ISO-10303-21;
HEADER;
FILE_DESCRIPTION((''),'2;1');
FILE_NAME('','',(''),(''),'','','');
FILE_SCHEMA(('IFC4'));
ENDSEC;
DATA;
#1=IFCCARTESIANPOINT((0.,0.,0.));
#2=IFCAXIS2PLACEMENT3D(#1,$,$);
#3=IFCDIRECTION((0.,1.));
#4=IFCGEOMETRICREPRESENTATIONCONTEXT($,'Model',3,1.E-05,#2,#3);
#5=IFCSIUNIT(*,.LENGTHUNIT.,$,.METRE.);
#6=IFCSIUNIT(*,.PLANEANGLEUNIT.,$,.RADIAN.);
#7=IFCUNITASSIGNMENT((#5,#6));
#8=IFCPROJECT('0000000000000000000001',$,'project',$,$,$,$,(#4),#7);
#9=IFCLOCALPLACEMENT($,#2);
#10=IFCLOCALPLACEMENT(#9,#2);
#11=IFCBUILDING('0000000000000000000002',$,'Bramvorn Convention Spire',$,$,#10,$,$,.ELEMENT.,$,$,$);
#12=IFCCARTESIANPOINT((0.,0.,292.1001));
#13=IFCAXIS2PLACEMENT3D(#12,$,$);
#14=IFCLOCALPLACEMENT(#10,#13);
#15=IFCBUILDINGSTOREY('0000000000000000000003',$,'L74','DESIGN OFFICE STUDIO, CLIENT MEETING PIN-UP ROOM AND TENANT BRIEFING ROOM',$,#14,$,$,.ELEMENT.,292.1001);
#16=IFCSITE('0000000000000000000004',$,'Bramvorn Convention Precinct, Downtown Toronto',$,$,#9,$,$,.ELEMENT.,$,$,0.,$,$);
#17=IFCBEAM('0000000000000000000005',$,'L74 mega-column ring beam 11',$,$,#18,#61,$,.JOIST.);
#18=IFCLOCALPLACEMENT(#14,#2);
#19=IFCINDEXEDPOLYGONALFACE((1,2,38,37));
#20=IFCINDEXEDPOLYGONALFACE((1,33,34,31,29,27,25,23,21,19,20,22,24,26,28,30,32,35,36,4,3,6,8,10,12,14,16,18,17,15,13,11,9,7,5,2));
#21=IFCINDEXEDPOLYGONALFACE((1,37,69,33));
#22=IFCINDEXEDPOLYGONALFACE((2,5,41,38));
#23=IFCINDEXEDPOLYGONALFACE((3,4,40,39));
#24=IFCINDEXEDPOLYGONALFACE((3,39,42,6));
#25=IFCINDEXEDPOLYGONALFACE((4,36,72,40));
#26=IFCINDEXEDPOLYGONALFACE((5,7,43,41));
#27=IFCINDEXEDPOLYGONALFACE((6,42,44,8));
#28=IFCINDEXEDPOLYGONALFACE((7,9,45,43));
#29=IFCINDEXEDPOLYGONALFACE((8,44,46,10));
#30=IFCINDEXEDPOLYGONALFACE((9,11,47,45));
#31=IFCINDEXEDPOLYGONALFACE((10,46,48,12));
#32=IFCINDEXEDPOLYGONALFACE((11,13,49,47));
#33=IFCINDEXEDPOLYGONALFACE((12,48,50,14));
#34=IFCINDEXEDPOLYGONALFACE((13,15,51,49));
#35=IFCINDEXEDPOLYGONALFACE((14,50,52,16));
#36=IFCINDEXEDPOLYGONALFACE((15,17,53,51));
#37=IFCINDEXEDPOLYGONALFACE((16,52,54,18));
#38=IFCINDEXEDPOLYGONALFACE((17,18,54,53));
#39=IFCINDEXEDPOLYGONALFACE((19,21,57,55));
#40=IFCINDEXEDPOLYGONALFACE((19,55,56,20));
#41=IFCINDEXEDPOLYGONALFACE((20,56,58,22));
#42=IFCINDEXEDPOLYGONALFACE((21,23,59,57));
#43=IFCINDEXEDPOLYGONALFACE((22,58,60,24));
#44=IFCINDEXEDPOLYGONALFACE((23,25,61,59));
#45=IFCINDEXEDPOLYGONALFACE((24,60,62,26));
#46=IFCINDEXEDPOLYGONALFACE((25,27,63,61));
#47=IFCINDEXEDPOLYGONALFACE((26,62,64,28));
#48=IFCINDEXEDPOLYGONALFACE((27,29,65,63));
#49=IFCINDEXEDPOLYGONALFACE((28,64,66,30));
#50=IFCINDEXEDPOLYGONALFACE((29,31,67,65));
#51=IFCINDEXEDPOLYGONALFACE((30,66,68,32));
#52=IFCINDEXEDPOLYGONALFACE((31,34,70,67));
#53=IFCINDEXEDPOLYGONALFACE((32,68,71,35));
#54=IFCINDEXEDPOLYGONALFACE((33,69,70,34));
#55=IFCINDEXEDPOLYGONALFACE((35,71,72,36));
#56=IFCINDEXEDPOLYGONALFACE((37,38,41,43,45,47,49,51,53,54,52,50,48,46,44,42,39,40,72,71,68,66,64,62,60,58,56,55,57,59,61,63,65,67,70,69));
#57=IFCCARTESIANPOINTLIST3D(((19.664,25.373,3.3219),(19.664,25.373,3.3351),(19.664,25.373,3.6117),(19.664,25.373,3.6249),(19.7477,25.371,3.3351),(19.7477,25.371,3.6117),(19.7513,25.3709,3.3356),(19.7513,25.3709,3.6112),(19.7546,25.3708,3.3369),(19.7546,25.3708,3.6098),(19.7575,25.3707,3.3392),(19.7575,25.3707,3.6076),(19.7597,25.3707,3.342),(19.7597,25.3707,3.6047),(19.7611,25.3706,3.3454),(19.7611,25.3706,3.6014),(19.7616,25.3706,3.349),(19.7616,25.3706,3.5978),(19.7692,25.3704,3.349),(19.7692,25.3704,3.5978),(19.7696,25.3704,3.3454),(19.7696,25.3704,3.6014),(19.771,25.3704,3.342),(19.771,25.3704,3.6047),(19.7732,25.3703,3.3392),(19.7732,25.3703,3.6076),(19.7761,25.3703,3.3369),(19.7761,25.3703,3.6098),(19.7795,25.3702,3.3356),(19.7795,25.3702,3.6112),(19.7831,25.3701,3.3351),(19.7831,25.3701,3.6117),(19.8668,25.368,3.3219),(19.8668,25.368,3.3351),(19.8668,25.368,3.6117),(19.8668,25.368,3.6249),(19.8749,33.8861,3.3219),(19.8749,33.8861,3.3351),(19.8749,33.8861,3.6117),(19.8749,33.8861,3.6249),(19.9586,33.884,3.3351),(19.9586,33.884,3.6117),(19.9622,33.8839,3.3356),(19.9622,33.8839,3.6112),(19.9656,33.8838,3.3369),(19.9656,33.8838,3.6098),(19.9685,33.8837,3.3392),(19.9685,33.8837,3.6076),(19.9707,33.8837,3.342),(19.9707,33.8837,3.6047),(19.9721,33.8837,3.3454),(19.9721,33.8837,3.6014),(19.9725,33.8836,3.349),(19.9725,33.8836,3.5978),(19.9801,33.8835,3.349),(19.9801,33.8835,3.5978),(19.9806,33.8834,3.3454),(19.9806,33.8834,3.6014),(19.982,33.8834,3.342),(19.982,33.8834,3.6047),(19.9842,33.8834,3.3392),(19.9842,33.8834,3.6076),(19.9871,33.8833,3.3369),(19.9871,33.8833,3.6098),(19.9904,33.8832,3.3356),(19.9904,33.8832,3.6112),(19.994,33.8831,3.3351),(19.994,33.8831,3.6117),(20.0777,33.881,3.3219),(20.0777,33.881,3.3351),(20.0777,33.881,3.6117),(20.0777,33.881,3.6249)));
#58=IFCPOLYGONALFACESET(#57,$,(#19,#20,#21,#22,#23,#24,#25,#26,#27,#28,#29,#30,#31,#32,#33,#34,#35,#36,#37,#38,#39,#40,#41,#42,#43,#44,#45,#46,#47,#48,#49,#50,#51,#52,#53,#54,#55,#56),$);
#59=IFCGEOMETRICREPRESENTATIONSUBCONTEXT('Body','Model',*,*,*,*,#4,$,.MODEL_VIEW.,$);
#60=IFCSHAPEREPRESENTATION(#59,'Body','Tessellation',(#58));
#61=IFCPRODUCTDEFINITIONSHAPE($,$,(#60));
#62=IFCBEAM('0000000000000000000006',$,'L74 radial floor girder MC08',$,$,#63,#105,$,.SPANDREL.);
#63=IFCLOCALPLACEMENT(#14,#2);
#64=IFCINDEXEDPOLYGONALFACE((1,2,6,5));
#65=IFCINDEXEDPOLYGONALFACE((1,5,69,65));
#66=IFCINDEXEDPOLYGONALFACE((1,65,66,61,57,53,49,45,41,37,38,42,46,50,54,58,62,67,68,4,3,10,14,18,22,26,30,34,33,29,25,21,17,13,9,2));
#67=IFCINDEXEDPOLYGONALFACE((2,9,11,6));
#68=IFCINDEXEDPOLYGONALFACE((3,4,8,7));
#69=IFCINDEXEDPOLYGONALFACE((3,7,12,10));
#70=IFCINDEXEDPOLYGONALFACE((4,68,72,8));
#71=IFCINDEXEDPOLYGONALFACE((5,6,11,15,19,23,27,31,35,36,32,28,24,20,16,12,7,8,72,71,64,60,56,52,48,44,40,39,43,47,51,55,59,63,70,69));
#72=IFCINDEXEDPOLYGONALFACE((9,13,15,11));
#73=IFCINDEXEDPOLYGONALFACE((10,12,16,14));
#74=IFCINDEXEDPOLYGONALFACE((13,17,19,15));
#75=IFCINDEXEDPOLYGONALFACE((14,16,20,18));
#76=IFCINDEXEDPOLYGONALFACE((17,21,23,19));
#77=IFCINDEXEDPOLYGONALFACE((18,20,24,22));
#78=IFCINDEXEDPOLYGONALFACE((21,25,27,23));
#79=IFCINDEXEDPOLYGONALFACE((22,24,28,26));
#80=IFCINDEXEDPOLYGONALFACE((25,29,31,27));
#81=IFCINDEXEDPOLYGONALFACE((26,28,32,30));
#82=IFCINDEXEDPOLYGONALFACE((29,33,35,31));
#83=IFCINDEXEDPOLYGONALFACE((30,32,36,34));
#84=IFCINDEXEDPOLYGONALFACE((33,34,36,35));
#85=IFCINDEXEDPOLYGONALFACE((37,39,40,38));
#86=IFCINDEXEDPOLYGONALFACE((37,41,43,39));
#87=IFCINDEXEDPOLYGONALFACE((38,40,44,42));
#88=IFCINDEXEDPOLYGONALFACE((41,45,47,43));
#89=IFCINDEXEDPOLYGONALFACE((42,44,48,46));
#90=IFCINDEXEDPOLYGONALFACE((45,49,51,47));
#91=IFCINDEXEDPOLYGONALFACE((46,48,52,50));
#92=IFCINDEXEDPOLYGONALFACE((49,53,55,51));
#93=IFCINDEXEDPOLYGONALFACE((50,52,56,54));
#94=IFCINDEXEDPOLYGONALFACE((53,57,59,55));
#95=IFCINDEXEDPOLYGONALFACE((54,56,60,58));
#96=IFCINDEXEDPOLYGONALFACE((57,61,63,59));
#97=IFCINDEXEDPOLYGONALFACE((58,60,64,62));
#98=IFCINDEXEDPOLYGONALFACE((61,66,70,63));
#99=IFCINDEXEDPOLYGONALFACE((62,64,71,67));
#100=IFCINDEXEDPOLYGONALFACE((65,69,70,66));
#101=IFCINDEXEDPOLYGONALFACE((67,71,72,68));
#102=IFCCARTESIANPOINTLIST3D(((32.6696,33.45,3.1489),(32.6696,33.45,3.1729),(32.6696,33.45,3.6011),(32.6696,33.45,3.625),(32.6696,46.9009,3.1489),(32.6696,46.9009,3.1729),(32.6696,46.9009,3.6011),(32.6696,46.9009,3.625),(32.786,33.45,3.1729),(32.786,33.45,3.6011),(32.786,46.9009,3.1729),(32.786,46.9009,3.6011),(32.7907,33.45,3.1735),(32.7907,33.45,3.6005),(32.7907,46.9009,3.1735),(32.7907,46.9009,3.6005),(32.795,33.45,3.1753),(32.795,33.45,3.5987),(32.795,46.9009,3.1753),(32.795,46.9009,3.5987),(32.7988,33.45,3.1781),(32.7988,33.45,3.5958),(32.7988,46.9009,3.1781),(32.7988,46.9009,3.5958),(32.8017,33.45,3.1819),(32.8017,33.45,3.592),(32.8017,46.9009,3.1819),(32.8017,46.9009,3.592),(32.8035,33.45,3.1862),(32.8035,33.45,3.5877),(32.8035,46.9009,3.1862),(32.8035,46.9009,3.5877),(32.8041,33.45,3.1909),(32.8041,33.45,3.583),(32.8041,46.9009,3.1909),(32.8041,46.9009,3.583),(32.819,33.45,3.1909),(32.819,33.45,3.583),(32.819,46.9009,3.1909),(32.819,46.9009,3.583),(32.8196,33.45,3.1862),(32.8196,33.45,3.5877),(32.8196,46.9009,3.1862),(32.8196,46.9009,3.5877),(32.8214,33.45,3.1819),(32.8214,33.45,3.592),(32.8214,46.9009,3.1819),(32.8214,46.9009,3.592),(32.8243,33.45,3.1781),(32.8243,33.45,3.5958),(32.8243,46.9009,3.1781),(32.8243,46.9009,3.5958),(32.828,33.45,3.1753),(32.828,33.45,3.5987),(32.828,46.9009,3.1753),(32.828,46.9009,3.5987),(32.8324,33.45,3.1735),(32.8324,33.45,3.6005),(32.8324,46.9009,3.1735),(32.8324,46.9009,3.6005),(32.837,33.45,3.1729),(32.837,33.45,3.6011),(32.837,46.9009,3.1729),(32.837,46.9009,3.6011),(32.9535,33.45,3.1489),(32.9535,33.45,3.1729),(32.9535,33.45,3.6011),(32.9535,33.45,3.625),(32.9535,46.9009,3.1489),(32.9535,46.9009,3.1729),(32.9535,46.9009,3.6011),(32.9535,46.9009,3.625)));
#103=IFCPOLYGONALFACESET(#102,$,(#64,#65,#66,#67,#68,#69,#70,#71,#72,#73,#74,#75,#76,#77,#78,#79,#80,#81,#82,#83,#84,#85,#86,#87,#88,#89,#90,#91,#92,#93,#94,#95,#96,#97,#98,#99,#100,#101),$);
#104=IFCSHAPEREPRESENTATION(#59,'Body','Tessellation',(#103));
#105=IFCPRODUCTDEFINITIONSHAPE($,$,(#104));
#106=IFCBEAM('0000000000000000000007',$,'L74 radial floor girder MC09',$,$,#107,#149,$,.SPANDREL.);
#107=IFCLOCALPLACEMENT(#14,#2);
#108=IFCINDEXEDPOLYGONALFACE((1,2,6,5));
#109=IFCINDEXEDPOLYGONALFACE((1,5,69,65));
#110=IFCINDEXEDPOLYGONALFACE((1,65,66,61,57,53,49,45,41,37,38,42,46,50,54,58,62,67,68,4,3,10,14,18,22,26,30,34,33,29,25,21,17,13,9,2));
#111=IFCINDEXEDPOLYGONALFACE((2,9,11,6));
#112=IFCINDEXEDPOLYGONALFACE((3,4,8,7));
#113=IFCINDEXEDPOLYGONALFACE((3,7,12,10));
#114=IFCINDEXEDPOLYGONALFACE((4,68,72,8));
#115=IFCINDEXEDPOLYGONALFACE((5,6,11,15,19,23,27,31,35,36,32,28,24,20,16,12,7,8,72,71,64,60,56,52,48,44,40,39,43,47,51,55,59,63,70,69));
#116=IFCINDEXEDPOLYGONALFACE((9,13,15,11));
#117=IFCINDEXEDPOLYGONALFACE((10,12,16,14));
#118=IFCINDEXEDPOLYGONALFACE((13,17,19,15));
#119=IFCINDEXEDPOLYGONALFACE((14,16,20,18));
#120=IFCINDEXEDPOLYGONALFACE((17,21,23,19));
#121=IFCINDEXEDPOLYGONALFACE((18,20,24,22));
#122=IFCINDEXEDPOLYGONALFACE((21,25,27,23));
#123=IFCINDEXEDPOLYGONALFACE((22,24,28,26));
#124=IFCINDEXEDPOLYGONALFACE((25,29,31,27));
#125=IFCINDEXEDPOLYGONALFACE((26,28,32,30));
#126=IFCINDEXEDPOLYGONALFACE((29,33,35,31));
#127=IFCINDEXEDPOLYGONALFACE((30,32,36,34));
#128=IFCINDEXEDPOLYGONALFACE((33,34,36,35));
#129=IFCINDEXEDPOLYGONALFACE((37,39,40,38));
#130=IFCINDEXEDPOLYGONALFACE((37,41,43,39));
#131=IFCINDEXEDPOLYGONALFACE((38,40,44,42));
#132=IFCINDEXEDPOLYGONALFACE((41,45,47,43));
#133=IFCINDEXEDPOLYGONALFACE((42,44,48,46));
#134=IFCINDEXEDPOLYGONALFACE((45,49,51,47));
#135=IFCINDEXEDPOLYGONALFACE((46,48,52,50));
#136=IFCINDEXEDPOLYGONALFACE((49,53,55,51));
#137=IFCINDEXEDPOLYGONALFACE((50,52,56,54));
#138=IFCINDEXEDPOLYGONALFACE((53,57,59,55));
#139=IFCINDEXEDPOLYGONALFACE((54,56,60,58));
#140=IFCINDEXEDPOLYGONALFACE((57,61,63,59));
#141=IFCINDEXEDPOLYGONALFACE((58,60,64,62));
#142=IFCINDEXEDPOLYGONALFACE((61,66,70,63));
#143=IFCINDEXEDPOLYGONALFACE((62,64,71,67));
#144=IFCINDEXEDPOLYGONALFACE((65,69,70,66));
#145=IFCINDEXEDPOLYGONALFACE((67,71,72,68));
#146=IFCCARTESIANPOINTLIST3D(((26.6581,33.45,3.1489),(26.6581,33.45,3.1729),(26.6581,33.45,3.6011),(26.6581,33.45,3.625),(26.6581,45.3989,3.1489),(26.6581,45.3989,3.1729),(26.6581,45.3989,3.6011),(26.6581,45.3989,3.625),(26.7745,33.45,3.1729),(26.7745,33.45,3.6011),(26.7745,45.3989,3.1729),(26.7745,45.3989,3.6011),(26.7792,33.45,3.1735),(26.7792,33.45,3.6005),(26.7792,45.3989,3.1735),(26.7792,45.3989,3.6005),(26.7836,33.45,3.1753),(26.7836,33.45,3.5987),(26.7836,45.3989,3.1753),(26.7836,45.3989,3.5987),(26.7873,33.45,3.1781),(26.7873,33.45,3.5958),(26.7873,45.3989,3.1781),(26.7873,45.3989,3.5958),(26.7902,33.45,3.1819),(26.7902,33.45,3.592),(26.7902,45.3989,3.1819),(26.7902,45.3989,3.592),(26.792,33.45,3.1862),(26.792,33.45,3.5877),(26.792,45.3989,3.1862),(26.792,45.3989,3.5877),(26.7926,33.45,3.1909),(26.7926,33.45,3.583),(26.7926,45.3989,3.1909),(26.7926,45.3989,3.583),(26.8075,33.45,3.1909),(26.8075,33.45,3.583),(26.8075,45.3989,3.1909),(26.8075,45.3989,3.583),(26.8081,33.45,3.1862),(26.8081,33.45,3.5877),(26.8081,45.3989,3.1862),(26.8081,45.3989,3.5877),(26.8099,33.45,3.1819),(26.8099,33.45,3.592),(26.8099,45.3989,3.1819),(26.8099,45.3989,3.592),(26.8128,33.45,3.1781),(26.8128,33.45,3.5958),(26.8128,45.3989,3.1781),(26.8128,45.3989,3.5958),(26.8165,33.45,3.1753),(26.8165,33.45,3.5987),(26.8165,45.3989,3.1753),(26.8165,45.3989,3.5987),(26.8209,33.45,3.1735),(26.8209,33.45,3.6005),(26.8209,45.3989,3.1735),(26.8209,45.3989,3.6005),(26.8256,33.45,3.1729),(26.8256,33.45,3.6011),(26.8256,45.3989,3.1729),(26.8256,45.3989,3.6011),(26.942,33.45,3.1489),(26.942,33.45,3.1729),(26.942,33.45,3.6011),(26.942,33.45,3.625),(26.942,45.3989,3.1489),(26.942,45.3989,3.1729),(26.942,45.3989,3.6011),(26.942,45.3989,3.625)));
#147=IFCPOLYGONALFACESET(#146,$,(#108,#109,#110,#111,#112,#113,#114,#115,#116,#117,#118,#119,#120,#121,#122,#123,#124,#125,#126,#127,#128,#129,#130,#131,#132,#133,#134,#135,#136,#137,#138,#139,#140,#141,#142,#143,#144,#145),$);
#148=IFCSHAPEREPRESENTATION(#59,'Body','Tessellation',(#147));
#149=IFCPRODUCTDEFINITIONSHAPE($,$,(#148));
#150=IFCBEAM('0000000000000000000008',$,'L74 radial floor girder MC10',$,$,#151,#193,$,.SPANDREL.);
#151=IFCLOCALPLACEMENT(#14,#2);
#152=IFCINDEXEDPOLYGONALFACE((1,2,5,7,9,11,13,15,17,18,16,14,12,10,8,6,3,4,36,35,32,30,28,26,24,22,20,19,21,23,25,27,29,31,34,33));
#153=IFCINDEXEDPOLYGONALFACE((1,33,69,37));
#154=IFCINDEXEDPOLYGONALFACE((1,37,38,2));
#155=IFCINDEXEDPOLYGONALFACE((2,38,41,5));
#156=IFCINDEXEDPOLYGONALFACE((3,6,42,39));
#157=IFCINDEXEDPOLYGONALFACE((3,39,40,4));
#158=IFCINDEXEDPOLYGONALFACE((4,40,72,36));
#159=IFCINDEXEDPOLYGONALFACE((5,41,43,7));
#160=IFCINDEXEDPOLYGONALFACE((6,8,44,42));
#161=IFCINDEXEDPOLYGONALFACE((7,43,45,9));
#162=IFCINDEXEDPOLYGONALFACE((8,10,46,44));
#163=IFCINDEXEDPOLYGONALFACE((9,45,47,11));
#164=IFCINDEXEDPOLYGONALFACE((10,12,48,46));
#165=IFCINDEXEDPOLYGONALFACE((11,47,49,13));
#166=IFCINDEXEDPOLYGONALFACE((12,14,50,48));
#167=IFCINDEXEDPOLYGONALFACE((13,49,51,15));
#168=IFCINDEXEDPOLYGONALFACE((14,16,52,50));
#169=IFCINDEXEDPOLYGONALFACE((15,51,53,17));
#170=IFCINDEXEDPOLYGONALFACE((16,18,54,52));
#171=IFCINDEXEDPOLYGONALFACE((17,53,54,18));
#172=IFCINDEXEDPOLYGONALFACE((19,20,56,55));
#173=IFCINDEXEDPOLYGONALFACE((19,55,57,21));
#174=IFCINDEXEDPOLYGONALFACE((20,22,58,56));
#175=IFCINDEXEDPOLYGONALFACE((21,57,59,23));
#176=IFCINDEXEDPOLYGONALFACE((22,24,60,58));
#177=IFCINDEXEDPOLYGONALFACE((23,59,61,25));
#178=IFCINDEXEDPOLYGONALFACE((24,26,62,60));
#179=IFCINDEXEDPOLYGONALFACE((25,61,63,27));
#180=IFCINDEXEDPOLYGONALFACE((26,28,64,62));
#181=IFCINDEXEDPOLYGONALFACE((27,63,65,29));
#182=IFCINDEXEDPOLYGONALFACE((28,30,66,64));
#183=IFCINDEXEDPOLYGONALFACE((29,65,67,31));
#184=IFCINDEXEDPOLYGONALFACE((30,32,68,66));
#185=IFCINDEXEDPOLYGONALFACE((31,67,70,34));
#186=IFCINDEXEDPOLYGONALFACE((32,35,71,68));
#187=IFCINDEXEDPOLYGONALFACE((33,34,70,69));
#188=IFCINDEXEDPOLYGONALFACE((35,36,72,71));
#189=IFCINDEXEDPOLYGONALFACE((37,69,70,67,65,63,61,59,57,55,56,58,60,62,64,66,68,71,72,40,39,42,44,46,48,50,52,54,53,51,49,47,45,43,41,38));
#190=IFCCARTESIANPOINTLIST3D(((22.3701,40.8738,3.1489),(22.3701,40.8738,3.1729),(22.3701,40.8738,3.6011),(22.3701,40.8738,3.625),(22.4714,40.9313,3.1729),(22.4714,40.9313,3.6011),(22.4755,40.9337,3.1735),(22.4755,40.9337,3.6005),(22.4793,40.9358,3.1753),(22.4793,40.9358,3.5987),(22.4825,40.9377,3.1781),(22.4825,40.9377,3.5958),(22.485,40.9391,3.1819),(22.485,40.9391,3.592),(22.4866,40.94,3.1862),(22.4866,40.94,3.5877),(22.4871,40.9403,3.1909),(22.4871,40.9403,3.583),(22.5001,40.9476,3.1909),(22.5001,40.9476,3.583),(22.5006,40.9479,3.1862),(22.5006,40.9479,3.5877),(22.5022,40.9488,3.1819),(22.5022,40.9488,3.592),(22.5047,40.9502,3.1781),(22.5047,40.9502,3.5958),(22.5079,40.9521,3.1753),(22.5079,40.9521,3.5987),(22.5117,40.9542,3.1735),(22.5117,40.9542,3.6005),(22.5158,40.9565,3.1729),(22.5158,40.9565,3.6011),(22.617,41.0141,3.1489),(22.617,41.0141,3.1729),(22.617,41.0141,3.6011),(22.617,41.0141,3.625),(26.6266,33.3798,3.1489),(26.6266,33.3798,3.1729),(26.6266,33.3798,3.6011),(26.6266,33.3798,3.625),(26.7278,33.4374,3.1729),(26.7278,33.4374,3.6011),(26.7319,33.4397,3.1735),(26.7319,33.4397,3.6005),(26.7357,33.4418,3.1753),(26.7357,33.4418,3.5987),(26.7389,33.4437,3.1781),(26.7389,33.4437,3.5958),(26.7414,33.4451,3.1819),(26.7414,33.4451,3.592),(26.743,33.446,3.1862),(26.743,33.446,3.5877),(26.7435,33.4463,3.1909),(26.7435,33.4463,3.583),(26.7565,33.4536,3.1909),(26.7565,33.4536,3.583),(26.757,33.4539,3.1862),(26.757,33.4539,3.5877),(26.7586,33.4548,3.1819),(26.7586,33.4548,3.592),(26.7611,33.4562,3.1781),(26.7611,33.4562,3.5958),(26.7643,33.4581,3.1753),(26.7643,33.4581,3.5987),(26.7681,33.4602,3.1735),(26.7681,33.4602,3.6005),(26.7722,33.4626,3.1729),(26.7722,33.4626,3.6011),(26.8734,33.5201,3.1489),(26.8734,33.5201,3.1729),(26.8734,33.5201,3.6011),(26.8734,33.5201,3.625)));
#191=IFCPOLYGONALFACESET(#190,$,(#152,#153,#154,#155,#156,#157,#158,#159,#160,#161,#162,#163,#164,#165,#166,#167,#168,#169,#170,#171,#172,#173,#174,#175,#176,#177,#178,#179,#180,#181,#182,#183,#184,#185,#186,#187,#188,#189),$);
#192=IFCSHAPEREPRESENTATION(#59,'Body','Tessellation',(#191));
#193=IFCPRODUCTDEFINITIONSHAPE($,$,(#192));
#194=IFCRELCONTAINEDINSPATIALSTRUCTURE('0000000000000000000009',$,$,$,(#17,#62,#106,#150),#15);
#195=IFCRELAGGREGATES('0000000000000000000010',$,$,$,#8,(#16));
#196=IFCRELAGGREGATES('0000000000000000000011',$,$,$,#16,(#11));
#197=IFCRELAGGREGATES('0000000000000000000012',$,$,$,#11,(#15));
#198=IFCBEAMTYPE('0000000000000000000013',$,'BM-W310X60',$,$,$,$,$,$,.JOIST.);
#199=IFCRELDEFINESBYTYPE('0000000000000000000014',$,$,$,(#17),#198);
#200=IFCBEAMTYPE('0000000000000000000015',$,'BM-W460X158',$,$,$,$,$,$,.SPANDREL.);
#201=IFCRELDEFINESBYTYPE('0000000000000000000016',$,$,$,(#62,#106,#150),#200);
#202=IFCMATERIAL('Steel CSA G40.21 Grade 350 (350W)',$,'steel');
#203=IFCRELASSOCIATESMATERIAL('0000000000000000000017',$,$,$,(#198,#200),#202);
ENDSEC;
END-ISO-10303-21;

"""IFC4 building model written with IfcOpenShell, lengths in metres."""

from ifc_helpers import new_model, si_unit, direction, frame, origin, origin_2d, place, context, subcontext, project, spatial, i_section, extrude, material, material_profile, profile_set, type_object, element, save


model = new_model("IFC4")

# Units and contexts
model_context = context("Model", 3, precision=1e-05, world=origin(), true_north=direction((0.0, 1.0)))
body_context = subcontext(model_context, "Body", "Model", "MODEL_VIEW")
ifc_project = project(units=[si_unit("LENGTHUNIT", "METRE"), si_unit("PLANEANGLEUNIT", "RADIAN")], contexts=[model_context])

# Site, building, storey
site_placement = place(None, origin())
site = spatial("IfcSite", under=ifc_project, at=site_placement, Name="Bramvorn Convention Precinct, Downtown Toronto", CompositionType="ELEMENT", RefElevation=0.0)
building_placement = place(site_placement, origin())
building = spatial("IfcBuilding", under=site, at=building_placement, Name="Bramvorn Convention Spire", CompositionType="ELEMENT")
storey_placement = place(building_placement, frame((0.0, 0.0, 292.1001)))
storey = spatial("IfcBuildingStorey", under=building, at=storey_placement, Name="L74", Description="DESIGN OFFICE STUDIO, CLIENT MEETING PIN-UP ROOM AND TENANT BRIEFING ROOM", CompositionType="ELEMENT", Elevation=292.1001)

# Shared definitions
ifc_material_1 = material(Name="Steel CSA G40.21 Grade 350 (350W)", Category="steel")

# Beams
ifc_material_profile_1 = material_profile(ifc_material_1, i_section(OverallWidth=0.2029, OverallDepth=0.303, WebThickness=0.0076, FlangeThickness=0.0132, FilletRadius=0.0139, at=origin_2d()))
ifc_profile_set_1 = profile_set([ifc_material_profile_1], Name="Steel CSA G40.21 Grade 350 (350W) - W310X60")
beam_type_1 = type_object("IfcBeamType", Name="BM-W310X60", PredefinedType="JOIST", material=ifc_profile_set_1)
beam_1_placement = place(storey_placement, frame((19.9763, 33.8835, 3.4734), z_axis=(-0.024771, -0.999693, 0.0), x_axis=(0.999693, -0.024771, 0.0)))
element("IfcBeam", 1, at=beam_1_placement, inside=storey, type_object=beam_type_1, Name="L74 mega-column ring beam 11", PredefinedType="JOIST", context=body_context, shape_type="SweptSolid", body=[
    extrude(i_section(OverallWidth=0.2029, OverallDepth=0.303, WebThickness=0.0076, FlangeThickness=0.0132, FilletRadius=0.0139, at=origin_2d()), origin(), (0.0, 0.0, 1.0), 8.5156),
])
ifc_material_profile_2 = material_profile(ifc_material_1, i_section(OverallWidth=0.2839, OverallDepth=0.4761, WebThickness=0.0149, FlangeThickness=0.0239, FilletRadius=0.0181, at=origin_2d()))
ifc_profile_set_2 = profile_set([ifc_material_profile_2], Name="Steel CSA G40.21 Grade 350 (350W) - W460X158")
beam_type_2 = type_object("IfcBeamType", Name="BM-W460X158", PredefinedType="SPANDREL", material=ifc_profile_set_2)
beam_2_placement = place(storey_placement, frame((32.8115, 33.45, 3.387), z_axis=(0.0, 1.0, 0.0), x_axis=(-1.0, 0.0, 0.0)))
element("IfcBeam", 2, at=beam_2_placement, inside=storey, type_object=beam_type_2, Name="L74 radial floor girder MC08", PredefinedType="SPANDREL", context=body_context, shape_type="SweptSolid", body=[
    extrude(i_section(OverallWidth=0.2839, OverallDepth=0.4761, WebThickness=0.0149, FlangeThickness=0.0239, FilletRadius=0.0181, at=origin_2d()), origin(), (0.0, 0.0, 1.0), 13.4509),
])
beam_3_placement = place(storey_placement, frame((26.8, 33.45, 3.387), z_axis=(0.0, 1.0, 0.0), x_axis=(-1.0, 0.0, 0.0)))
element("IfcBeam", 3, at=beam_3_placement, inside=storey, type_object=beam_type_2, Name="L74 radial floor girder MC09", PredefinedType="SPANDREL", context=body_context, shape_type="SweptSolid", body=[
    extrude(i_section(OverallWidth=0.2839, OverallDepth=0.4761, WebThickness=0.0149, FlangeThickness=0.0239, FilletRadius=0.0181, at=origin_2d()), origin(), (0.0, 0.0, 1.0), 11.949),
])
beam_4_placement = place(storey_placement, frame((26.75, 33.45, 3.387), z_axis=(-0.493874, 0.869534, 0.0), x_axis=(-0.869534, -0.493874, 0.0)))
element("IfcBeam", 4, at=beam_4_placement, inside=storey, type_object=beam_type_2, Name="L74 radial floor girder MC10", PredefinedType="SPANDREL", context=body_context, shape_type="SweptSolid", body=[
    extrude(i_section(OverallWidth=0.2839, OverallDepth=0.4761, WebThickness=0.0149, FlangeThickness=0.0239, FilletRadius=0.0181, at=origin_2d()), origin(), (0.0, 0.0, 1.0), 8.6184),
])

save(model, "model.ifc")
